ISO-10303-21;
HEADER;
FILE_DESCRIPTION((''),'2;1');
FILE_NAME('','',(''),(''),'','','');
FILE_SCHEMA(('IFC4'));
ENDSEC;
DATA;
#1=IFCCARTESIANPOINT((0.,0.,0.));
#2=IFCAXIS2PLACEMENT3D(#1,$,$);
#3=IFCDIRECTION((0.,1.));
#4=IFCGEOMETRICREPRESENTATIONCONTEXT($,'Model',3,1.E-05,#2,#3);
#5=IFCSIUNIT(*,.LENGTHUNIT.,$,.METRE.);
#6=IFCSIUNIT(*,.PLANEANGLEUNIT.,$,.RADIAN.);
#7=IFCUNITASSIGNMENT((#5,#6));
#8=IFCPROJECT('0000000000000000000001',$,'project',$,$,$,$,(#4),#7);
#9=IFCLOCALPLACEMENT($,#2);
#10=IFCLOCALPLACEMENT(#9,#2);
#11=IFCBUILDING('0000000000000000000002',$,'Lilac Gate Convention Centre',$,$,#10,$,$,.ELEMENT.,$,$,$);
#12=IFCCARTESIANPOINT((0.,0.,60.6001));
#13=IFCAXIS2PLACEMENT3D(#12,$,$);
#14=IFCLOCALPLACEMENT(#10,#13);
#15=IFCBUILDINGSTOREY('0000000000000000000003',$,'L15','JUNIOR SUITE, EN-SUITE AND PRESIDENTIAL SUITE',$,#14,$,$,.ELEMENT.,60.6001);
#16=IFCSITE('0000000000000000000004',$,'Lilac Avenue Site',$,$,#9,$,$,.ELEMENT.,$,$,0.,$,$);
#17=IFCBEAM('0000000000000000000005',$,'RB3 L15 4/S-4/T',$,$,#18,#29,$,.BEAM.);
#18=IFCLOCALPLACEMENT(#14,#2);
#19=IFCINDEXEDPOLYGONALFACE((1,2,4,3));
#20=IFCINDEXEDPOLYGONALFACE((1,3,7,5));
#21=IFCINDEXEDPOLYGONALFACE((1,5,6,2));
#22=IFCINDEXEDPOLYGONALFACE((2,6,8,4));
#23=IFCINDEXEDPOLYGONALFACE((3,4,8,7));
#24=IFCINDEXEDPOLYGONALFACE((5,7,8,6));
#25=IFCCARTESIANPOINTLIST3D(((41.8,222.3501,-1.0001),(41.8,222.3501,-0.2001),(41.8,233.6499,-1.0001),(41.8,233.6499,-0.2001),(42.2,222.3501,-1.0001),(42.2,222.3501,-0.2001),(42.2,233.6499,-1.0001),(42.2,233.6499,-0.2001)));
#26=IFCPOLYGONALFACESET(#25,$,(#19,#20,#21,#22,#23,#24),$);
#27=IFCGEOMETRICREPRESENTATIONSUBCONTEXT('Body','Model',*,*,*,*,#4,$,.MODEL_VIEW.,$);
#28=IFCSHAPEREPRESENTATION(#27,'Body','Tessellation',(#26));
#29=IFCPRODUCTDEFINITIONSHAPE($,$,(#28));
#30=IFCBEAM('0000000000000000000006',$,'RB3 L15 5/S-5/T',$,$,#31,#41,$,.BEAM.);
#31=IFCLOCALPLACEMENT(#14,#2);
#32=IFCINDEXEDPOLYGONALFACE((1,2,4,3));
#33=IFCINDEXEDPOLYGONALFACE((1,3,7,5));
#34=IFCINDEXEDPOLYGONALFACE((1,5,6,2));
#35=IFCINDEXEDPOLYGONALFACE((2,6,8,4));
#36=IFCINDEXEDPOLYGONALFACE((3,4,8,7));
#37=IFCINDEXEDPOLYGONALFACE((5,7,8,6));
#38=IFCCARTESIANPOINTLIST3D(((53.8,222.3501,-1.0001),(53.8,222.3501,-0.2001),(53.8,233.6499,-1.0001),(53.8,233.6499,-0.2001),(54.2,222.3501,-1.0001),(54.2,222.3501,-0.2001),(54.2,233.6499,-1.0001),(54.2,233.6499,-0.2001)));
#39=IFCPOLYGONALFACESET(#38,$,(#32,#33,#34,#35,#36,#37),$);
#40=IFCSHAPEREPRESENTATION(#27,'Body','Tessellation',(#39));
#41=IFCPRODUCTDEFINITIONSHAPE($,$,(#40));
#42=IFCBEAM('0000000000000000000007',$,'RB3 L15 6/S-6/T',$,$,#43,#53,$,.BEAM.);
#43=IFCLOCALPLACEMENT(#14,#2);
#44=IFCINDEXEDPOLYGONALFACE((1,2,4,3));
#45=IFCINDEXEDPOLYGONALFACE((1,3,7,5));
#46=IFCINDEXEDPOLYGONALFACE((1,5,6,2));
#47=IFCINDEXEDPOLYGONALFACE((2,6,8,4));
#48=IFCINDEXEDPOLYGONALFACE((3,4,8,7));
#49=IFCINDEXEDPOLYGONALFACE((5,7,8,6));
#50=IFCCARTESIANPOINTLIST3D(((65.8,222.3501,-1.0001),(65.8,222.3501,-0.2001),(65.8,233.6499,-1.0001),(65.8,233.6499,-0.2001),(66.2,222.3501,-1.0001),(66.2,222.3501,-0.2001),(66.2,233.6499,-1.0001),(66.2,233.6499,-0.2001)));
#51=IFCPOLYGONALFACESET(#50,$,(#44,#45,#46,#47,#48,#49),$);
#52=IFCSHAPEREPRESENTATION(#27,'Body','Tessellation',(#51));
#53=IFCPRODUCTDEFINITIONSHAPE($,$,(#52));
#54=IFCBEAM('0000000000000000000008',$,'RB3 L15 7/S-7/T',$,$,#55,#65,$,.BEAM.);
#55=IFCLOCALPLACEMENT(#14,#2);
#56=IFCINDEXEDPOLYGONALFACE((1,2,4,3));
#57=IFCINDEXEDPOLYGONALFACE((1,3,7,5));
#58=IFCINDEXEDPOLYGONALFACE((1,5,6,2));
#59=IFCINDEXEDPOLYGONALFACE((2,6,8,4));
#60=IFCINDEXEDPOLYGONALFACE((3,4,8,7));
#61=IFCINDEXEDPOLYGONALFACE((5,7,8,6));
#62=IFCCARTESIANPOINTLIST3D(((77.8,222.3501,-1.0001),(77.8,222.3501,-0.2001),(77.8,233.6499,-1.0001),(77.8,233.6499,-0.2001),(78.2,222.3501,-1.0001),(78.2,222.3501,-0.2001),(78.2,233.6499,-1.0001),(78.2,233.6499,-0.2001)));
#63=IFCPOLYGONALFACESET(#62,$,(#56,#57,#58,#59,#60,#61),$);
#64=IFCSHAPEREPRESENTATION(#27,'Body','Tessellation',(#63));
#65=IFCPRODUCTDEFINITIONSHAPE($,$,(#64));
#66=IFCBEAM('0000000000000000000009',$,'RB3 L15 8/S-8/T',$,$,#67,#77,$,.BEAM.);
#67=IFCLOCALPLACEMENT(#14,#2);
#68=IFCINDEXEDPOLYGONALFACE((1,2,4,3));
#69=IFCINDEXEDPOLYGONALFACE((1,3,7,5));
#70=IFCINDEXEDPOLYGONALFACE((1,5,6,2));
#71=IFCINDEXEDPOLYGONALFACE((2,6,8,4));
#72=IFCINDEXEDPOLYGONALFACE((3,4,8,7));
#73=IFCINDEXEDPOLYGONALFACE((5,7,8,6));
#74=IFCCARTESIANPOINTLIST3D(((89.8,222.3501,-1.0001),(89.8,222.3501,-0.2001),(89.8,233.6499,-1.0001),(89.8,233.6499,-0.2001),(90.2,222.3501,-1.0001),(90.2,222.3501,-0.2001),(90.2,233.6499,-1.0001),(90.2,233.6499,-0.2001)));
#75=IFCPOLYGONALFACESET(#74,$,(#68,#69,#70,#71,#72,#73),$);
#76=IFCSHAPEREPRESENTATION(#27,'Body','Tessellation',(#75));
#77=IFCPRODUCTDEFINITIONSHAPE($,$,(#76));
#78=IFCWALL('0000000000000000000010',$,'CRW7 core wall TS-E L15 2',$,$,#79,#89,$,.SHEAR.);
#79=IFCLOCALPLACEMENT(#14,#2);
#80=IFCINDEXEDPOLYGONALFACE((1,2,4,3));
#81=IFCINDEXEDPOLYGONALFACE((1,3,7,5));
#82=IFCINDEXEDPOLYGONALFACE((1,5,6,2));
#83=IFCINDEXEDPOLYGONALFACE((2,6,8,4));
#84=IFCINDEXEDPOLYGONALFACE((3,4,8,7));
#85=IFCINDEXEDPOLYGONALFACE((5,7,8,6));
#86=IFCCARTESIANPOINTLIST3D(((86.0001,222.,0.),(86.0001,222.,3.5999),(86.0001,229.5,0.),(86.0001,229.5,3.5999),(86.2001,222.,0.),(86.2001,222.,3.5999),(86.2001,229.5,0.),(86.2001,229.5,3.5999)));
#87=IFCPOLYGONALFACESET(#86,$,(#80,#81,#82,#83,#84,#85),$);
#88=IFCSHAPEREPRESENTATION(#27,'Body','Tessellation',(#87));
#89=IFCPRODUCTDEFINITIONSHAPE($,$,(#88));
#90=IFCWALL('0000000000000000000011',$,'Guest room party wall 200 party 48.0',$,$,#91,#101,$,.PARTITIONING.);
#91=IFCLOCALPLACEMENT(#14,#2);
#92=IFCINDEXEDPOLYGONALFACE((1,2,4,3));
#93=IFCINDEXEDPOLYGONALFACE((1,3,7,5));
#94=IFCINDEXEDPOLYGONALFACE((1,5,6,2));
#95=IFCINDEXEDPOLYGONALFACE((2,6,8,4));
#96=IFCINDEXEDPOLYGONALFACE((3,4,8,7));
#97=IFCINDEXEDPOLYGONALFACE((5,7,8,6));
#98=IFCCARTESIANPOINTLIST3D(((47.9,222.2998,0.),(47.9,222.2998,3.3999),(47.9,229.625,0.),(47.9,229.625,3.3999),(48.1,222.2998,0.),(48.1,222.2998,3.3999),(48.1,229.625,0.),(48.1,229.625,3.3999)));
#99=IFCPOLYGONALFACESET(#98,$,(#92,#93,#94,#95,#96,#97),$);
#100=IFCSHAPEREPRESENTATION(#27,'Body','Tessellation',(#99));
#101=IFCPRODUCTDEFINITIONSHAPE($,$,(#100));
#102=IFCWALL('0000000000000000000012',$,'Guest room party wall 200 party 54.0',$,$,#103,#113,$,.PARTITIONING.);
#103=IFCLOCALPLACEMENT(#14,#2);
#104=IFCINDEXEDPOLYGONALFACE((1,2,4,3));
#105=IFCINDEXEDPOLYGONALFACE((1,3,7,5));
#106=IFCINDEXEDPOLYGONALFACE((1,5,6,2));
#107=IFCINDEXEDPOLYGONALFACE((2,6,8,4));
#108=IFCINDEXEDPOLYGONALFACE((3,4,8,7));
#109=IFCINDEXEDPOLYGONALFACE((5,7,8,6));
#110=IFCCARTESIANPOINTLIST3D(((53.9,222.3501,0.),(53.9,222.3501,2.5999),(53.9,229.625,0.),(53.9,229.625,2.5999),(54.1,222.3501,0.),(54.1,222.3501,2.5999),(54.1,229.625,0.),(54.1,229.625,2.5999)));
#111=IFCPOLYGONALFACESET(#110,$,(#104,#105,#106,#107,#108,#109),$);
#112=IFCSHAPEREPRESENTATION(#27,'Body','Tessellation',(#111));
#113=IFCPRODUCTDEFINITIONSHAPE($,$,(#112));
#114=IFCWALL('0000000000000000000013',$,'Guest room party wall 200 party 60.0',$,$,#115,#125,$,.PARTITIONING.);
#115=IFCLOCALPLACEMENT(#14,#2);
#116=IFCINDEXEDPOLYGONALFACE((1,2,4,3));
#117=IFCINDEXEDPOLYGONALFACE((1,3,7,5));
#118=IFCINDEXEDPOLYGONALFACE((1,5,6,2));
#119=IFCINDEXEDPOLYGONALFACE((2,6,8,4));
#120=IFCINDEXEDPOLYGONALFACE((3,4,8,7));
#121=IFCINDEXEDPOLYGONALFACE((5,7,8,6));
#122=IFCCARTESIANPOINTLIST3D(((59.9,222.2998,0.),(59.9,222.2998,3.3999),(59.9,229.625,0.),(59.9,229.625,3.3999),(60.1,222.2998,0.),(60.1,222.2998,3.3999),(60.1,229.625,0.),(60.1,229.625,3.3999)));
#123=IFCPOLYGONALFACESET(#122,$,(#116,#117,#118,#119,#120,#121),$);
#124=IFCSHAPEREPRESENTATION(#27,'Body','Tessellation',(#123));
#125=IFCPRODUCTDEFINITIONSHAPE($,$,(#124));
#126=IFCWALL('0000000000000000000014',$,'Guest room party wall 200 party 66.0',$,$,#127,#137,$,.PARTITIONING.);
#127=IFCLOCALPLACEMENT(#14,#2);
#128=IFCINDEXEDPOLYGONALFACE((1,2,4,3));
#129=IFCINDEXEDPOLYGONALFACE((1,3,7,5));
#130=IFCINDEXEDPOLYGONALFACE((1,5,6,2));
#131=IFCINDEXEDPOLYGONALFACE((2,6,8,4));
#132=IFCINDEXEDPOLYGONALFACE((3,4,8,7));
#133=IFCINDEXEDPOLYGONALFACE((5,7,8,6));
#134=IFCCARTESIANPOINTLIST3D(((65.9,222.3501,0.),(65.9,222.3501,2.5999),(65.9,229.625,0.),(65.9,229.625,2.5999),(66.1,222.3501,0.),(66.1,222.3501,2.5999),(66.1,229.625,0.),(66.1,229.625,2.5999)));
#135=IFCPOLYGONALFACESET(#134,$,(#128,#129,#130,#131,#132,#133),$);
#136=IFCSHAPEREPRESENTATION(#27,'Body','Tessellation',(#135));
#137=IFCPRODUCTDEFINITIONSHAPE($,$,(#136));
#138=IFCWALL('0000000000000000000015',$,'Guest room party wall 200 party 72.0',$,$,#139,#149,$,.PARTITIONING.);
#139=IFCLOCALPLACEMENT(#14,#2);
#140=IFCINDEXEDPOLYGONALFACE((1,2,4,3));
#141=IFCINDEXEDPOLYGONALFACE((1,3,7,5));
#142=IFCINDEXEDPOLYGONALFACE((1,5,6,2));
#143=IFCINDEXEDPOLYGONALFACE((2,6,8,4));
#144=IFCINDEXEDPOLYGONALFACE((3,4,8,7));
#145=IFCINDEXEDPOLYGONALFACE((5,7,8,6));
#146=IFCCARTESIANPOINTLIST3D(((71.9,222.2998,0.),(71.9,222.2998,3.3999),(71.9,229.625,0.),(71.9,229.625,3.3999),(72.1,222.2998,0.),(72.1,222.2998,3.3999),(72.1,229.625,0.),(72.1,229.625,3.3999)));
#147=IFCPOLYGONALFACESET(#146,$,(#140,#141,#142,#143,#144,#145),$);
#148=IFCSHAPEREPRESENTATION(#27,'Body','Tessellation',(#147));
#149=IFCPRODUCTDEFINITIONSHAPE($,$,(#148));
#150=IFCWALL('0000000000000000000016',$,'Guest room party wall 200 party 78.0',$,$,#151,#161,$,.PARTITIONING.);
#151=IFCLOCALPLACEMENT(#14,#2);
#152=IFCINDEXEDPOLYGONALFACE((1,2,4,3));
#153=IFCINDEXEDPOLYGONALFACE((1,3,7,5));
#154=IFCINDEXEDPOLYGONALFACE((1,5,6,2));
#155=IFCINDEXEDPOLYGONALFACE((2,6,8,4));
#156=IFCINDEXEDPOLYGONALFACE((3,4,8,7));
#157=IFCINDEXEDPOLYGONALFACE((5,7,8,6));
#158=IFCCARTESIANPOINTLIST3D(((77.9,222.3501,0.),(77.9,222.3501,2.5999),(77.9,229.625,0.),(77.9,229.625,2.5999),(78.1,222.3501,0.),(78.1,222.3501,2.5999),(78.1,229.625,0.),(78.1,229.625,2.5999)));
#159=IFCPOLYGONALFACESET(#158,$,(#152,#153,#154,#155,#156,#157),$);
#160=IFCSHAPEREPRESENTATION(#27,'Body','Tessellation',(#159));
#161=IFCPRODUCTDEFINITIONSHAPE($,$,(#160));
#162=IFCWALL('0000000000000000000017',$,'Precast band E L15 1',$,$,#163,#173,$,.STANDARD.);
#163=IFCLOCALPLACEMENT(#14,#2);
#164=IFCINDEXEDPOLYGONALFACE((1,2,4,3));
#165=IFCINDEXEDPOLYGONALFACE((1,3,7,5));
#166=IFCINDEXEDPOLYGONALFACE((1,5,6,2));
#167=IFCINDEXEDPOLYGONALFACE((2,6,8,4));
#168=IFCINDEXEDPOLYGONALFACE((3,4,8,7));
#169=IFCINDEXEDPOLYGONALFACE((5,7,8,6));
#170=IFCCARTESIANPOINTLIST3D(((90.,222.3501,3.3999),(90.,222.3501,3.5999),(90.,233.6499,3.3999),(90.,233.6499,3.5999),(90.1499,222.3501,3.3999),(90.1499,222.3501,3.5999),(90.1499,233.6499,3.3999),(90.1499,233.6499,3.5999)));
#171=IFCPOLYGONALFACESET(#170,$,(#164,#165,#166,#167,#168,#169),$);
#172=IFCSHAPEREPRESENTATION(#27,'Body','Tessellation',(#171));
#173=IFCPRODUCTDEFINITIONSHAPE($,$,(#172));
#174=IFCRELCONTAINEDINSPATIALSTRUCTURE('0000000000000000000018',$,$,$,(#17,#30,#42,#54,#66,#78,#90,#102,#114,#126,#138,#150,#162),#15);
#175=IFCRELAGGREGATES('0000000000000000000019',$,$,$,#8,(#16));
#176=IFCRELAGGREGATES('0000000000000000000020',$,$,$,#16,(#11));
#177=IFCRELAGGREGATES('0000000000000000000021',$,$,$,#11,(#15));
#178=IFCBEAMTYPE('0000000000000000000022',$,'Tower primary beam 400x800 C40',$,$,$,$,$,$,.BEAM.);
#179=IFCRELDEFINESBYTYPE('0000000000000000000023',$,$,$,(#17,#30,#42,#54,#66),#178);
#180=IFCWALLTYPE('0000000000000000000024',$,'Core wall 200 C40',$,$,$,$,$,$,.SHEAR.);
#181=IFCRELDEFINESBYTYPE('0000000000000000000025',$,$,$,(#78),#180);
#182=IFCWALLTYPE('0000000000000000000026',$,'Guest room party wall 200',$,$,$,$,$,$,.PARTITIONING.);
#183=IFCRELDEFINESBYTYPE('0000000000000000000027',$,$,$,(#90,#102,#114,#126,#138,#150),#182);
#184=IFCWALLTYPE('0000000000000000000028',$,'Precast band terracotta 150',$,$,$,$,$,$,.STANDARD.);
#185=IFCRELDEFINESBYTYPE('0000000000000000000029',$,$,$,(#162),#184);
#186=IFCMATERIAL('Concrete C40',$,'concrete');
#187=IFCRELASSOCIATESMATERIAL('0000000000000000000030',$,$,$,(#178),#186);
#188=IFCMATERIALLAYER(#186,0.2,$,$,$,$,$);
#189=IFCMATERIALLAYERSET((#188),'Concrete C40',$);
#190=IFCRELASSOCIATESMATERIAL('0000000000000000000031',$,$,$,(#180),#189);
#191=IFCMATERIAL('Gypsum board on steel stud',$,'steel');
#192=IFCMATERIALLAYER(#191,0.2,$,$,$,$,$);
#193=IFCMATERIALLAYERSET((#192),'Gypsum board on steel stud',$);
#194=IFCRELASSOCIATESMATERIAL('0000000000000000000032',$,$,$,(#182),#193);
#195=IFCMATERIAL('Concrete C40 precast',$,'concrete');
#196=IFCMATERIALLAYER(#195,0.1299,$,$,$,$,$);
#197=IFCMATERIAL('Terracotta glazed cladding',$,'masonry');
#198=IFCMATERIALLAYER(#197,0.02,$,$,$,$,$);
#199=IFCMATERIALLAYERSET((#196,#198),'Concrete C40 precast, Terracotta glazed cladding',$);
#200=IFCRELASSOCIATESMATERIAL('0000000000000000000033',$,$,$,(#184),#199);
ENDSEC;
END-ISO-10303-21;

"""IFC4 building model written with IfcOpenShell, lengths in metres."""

from ifc_helpers import new_model, si_unit, direction, frame, frame_2d, origin, origin_2d, place, context, subcontext, project, spatial, rectangle, extrude, material, layer, layer_set, material_profile, profile_set, type_object, element, save


model = new_model("IFC4")

# Units and contexts
model_context = context("Model", 3, precision=1e-05, world=origin(), true_north=direction((0.0, 1.0)))
body_context = subcontext(model_context, "Body", "Model", "MODEL_VIEW")
ifc_project = project(units=[si_unit("LENGTHUNIT", "METRE"), si_unit("PLANEANGLEUNIT", "RADIAN")], contexts=[model_context])

# Site, building, storey
site_placement = place(None, origin())
site = spatial("IfcSite", under=ifc_project, at=site_placement, Name="Lilac Avenue Site", CompositionType="ELEMENT", RefElevation=0.0)
building_placement = place(site_placement, origin())
building = spatial("IfcBuilding", under=site, at=building_placement, Name="Lilac Gate Convention Centre", CompositionType="ELEMENT")
storey_placement = place(building_placement, frame((0.0, 0.0, 60.6001)))
storey = spatial("IfcBuildingStorey", under=building, at=storey_placement, Name="L15", Description="JUNIOR SUITE, EN-SUITE AND PRESIDENTIAL SUITE", CompositionType="ELEMENT", Elevation=60.6001)

# Beams
ifc_material_1 = material(Name="Concrete C40", Category="concrete")
ifc_material_profile = material_profile(ifc_material_1, rectangle(XDim=0.3999, YDim=0.8, at=origin_2d()), Name="RC 400x800")
ifc_profile_set = profile_set([ifc_material_profile], Name="Concrete C40")
beam_type = type_object("IfcBeamType", Name="Tower primary beam 400x800 C40", PredefinedType="BEAM", material=ifc_profile_set)
for number, where, z_axis, x_axis, name in (
    (1, (42.0, 222.3501, -0.6001), (0.0, 1.0, 0.0), (-1.0, 0.0, 0.0), "RB3 L15 4/S-4/T"),
    (2, (54.0, 222.3501, -0.6001), (0.0, 1.0, 0.0), (-1.0, 0.0, 0.0), "RB3 L15 5/S-5/T"),
    (3, (66.0, 222.3501, -0.6001), (0.0, 1.0, 0.0), (-1.0, 0.0, 0.0), "RB3 L15 6/S-6/T"),
    (4, (78.0, 222.3501, -0.6001), (0.0, 1.0, 0.0), (-1.0, 0.0, 0.0), "RB3 L15 7/S-7/T"),
    (5, (90.0, 222.3501, -0.6001), (0.0, 1.0, 0.0), (-1.0, 0.0, 0.0), "RB3 L15 8/S-8/T"),
):
    element("IfcBeam", number, at=place(storey_placement, frame(where, z_axis=z_axis, x_axis=x_axis)), inside=storey, type_object=beam_type, Name=name, PredefinedType="BEAM", context=body_context, shape_type="SweptSolid", body=[
        extrude(rectangle(XDim=0.3999, YDim=0.8, at=origin_2d()), origin(), (0.0, 0.0, 1.0), 11.2998),
    ])

# Walls
ifc_layer_1 = layer(ifc_material_1, 0.2)
ifc_layer_set_1 = layer_set([ifc_layer_1], Name="Concrete C40")
wall_type_1 = type_object("IfcWallType", Name="Core wall 200 C40", PredefinedType="SHEAR", material=ifc_layer_set_1)
wall_1_placement = place(storey_placement, frame((86.1001, 222.0, 0.0), z_axis=(0.0, 0.0, 1.0), x_axis=(0.0, 1.0, 0.0)))
element("IfcWall", 6, at=wall_1_placement, inside=storey, type_object=wall_type_1, Name="CRW7 core wall TS-E L15 2", PredefinedType="SHEAR", context=body_context, shape_type="SweptSolid", body=[
    extrude(rectangle(XDim=7.5, YDim=0.2, at=frame_2d((3.75, 0.0))), origin(), (0.0, 0.0, 1.0), 3.5999),
])
ifc_material_2 = material(Name="Gypsum board on steel stud", Category="steel")
ifc_layer_2 = layer(ifc_material_2, 0.2)
ifc_layer_set_2 = layer_set([ifc_layer_2], Name="Gypsum board on steel stud")
wall_type_2 = type_object("IfcWallType", Name="Guest room party wall 200", PredefinedType="PARTITIONING", material=ifc_layer_set_2)
wall_2_placement = place(storey_placement, frame((48.0, 222.2998, 0.0), z_axis=(0.0, 0.0, 1.0), x_axis=(0.0, 1.0, 0.0)))
element("IfcWall", 7, at=wall_2_placement, inside=storey, type_object=wall_type_2, Name="Guest room party wall 200 party 48.0", PredefinedType="PARTITIONING", context=body_context, shape_type="SweptSolid", body=[
    extrude(rectangle(XDim=7.3252, YDim=0.2, at=frame_2d((3.6626, 0.0))), origin(), (0.0, 0.0, 1.0), 3.3999),
])
wall_3_placement = place(storey_placement, frame((54.0, 222.3501, 0.0), z_axis=(0.0, 0.0, 1.0), x_axis=(0.0, 1.0, 0.0)))
element("IfcWall", 8, at=wall_3_placement, inside=storey, type_object=wall_type_2, Name="Guest room party wall 200 party 54.0", PredefinedType="PARTITIONING", context=body_context, shape_type="SweptSolid", body=[
    extrude(rectangle(XDim=7.2749, YDim=0.2, at=frame_2d((3.6375, 0.0))), origin(), (0.0, 0.0, 1.0), 2.5999),
])
wall_4_placement = place(storey_placement, frame((60.0, 222.2998, 0.0), z_axis=(0.0, 0.0, 1.0), x_axis=(0.0, 1.0, 0.0)))
element("IfcWall", 9, at=wall_4_placement, inside=storey, type_object=wall_type_2, Name="Guest room party wall 200 party 60.0", PredefinedType="PARTITIONING", context=body_context, shape_type="SweptSolid", body=[
    extrude(rectangle(XDim=7.3252, YDim=0.2, at=frame_2d((3.6626, 0.0))), origin(), (0.0, 0.0, 1.0), 3.3999),
])
wall_5_placement = place(storey_placement, frame((66.0, 222.3501, 0.0), z_axis=(0.0, 0.0, 1.0), x_axis=(0.0, 1.0, 0.0)))
element("IfcWall", 10, at=wall_5_placement, inside=storey, type_object=wall_type_2, Name="Guest room party wall 200 party 66.0", PredefinedType="PARTITIONING", context=body_context, shape_type="SweptSolid", body=[
    extrude(rectangle(XDim=7.2749, YDim=0.2, at=frame_2d((3.6375, 0.0))), origin(), (0.0, 0.0, 1.0), 2.5999),
])
wall_6_placement = place(storey_placement, frame((72.0, 222.2998, 0.0), z_axis=(0.0, 0.0, 1.0), x_axis=(0.0, 1.0, 0.0)))
element("IfcWall", 11, at=wall_6_placement, inside=storey, type_object=wall_type_2, Name="Guest room party wall 200 party 72.0", PredefinedType="PARTITIONING", context=body_context, shape_type="SweptSolid", body=[
    extrude(rectangle(XDim=7.3252, YDim=0.2, at=frame_2d((3.6626, 0.0))), origin(), (0.0, 0.0, 1.0), 3.3999),
])
wall_7_placement = place(storey_placement, frame((78.0, 222.3501, 0.0), z_axis=(0.0, 0.0, 1.0), x_axis=(0.0, 1.0, 0.0)))
element("IfcWall", 12, at=wall_7_placement, inside=storey, type_object=wall_type_2, Name="Guest room party wall 200 party 78.0", PredefinedType="PARTITIONING", context=body_context, shape_type="SweptSolid", body=[
    extrude(rectangle(XDim=7.2749, YDim=0.2, at=frame_2d((3.6375, 0.0))), origin(), (0.0, 0.0, 1.0), 2.5999),
])
ifc_material_3 = material(Name="Concrete C40 precast", Category="concrete")
ifc_layer_3 = layer(ifc_material_3, 0.1299)
ifc_material_4 = material(Name="Terracotta glazed cladding", Category="masonry")
ifc_layer_4 = layer(ifc_material_4, 0.02)
ifc_layer_set_3 = layer_set([ifc_layer_3, ifc_layer_4], Name="Concrete C40 precast, Terracotta glazed cladding")
wall_type_3 = type_object("IfcWallType", Name="Precast band terracotta 150", PredefinedType="STANDARD", material=ifc_layer_set_3)
wall_8_placement = place(storey_placement, frame((90.075, 222.3501, 3.3999), z_axis=(0.0, 0.0, 1.0), x_axis=(0.0, 1.0, 0.0)))
element("IfcWall", 13, at=wall_8_placement, inside=storey, type_object=wall_type_3, Name="Precast band E L15 1", PredefinedType="STANDARD", context=body_context, shape_type="SweptSolid", body=[
    extrude(rectangle(XDim=11.2998, YDim=0.1499, at=frame_2d((5.6499, 0.0))), origin(), (0.0, 0.0, 1.0), 0.2),
])

save(model, "model.ifc")
